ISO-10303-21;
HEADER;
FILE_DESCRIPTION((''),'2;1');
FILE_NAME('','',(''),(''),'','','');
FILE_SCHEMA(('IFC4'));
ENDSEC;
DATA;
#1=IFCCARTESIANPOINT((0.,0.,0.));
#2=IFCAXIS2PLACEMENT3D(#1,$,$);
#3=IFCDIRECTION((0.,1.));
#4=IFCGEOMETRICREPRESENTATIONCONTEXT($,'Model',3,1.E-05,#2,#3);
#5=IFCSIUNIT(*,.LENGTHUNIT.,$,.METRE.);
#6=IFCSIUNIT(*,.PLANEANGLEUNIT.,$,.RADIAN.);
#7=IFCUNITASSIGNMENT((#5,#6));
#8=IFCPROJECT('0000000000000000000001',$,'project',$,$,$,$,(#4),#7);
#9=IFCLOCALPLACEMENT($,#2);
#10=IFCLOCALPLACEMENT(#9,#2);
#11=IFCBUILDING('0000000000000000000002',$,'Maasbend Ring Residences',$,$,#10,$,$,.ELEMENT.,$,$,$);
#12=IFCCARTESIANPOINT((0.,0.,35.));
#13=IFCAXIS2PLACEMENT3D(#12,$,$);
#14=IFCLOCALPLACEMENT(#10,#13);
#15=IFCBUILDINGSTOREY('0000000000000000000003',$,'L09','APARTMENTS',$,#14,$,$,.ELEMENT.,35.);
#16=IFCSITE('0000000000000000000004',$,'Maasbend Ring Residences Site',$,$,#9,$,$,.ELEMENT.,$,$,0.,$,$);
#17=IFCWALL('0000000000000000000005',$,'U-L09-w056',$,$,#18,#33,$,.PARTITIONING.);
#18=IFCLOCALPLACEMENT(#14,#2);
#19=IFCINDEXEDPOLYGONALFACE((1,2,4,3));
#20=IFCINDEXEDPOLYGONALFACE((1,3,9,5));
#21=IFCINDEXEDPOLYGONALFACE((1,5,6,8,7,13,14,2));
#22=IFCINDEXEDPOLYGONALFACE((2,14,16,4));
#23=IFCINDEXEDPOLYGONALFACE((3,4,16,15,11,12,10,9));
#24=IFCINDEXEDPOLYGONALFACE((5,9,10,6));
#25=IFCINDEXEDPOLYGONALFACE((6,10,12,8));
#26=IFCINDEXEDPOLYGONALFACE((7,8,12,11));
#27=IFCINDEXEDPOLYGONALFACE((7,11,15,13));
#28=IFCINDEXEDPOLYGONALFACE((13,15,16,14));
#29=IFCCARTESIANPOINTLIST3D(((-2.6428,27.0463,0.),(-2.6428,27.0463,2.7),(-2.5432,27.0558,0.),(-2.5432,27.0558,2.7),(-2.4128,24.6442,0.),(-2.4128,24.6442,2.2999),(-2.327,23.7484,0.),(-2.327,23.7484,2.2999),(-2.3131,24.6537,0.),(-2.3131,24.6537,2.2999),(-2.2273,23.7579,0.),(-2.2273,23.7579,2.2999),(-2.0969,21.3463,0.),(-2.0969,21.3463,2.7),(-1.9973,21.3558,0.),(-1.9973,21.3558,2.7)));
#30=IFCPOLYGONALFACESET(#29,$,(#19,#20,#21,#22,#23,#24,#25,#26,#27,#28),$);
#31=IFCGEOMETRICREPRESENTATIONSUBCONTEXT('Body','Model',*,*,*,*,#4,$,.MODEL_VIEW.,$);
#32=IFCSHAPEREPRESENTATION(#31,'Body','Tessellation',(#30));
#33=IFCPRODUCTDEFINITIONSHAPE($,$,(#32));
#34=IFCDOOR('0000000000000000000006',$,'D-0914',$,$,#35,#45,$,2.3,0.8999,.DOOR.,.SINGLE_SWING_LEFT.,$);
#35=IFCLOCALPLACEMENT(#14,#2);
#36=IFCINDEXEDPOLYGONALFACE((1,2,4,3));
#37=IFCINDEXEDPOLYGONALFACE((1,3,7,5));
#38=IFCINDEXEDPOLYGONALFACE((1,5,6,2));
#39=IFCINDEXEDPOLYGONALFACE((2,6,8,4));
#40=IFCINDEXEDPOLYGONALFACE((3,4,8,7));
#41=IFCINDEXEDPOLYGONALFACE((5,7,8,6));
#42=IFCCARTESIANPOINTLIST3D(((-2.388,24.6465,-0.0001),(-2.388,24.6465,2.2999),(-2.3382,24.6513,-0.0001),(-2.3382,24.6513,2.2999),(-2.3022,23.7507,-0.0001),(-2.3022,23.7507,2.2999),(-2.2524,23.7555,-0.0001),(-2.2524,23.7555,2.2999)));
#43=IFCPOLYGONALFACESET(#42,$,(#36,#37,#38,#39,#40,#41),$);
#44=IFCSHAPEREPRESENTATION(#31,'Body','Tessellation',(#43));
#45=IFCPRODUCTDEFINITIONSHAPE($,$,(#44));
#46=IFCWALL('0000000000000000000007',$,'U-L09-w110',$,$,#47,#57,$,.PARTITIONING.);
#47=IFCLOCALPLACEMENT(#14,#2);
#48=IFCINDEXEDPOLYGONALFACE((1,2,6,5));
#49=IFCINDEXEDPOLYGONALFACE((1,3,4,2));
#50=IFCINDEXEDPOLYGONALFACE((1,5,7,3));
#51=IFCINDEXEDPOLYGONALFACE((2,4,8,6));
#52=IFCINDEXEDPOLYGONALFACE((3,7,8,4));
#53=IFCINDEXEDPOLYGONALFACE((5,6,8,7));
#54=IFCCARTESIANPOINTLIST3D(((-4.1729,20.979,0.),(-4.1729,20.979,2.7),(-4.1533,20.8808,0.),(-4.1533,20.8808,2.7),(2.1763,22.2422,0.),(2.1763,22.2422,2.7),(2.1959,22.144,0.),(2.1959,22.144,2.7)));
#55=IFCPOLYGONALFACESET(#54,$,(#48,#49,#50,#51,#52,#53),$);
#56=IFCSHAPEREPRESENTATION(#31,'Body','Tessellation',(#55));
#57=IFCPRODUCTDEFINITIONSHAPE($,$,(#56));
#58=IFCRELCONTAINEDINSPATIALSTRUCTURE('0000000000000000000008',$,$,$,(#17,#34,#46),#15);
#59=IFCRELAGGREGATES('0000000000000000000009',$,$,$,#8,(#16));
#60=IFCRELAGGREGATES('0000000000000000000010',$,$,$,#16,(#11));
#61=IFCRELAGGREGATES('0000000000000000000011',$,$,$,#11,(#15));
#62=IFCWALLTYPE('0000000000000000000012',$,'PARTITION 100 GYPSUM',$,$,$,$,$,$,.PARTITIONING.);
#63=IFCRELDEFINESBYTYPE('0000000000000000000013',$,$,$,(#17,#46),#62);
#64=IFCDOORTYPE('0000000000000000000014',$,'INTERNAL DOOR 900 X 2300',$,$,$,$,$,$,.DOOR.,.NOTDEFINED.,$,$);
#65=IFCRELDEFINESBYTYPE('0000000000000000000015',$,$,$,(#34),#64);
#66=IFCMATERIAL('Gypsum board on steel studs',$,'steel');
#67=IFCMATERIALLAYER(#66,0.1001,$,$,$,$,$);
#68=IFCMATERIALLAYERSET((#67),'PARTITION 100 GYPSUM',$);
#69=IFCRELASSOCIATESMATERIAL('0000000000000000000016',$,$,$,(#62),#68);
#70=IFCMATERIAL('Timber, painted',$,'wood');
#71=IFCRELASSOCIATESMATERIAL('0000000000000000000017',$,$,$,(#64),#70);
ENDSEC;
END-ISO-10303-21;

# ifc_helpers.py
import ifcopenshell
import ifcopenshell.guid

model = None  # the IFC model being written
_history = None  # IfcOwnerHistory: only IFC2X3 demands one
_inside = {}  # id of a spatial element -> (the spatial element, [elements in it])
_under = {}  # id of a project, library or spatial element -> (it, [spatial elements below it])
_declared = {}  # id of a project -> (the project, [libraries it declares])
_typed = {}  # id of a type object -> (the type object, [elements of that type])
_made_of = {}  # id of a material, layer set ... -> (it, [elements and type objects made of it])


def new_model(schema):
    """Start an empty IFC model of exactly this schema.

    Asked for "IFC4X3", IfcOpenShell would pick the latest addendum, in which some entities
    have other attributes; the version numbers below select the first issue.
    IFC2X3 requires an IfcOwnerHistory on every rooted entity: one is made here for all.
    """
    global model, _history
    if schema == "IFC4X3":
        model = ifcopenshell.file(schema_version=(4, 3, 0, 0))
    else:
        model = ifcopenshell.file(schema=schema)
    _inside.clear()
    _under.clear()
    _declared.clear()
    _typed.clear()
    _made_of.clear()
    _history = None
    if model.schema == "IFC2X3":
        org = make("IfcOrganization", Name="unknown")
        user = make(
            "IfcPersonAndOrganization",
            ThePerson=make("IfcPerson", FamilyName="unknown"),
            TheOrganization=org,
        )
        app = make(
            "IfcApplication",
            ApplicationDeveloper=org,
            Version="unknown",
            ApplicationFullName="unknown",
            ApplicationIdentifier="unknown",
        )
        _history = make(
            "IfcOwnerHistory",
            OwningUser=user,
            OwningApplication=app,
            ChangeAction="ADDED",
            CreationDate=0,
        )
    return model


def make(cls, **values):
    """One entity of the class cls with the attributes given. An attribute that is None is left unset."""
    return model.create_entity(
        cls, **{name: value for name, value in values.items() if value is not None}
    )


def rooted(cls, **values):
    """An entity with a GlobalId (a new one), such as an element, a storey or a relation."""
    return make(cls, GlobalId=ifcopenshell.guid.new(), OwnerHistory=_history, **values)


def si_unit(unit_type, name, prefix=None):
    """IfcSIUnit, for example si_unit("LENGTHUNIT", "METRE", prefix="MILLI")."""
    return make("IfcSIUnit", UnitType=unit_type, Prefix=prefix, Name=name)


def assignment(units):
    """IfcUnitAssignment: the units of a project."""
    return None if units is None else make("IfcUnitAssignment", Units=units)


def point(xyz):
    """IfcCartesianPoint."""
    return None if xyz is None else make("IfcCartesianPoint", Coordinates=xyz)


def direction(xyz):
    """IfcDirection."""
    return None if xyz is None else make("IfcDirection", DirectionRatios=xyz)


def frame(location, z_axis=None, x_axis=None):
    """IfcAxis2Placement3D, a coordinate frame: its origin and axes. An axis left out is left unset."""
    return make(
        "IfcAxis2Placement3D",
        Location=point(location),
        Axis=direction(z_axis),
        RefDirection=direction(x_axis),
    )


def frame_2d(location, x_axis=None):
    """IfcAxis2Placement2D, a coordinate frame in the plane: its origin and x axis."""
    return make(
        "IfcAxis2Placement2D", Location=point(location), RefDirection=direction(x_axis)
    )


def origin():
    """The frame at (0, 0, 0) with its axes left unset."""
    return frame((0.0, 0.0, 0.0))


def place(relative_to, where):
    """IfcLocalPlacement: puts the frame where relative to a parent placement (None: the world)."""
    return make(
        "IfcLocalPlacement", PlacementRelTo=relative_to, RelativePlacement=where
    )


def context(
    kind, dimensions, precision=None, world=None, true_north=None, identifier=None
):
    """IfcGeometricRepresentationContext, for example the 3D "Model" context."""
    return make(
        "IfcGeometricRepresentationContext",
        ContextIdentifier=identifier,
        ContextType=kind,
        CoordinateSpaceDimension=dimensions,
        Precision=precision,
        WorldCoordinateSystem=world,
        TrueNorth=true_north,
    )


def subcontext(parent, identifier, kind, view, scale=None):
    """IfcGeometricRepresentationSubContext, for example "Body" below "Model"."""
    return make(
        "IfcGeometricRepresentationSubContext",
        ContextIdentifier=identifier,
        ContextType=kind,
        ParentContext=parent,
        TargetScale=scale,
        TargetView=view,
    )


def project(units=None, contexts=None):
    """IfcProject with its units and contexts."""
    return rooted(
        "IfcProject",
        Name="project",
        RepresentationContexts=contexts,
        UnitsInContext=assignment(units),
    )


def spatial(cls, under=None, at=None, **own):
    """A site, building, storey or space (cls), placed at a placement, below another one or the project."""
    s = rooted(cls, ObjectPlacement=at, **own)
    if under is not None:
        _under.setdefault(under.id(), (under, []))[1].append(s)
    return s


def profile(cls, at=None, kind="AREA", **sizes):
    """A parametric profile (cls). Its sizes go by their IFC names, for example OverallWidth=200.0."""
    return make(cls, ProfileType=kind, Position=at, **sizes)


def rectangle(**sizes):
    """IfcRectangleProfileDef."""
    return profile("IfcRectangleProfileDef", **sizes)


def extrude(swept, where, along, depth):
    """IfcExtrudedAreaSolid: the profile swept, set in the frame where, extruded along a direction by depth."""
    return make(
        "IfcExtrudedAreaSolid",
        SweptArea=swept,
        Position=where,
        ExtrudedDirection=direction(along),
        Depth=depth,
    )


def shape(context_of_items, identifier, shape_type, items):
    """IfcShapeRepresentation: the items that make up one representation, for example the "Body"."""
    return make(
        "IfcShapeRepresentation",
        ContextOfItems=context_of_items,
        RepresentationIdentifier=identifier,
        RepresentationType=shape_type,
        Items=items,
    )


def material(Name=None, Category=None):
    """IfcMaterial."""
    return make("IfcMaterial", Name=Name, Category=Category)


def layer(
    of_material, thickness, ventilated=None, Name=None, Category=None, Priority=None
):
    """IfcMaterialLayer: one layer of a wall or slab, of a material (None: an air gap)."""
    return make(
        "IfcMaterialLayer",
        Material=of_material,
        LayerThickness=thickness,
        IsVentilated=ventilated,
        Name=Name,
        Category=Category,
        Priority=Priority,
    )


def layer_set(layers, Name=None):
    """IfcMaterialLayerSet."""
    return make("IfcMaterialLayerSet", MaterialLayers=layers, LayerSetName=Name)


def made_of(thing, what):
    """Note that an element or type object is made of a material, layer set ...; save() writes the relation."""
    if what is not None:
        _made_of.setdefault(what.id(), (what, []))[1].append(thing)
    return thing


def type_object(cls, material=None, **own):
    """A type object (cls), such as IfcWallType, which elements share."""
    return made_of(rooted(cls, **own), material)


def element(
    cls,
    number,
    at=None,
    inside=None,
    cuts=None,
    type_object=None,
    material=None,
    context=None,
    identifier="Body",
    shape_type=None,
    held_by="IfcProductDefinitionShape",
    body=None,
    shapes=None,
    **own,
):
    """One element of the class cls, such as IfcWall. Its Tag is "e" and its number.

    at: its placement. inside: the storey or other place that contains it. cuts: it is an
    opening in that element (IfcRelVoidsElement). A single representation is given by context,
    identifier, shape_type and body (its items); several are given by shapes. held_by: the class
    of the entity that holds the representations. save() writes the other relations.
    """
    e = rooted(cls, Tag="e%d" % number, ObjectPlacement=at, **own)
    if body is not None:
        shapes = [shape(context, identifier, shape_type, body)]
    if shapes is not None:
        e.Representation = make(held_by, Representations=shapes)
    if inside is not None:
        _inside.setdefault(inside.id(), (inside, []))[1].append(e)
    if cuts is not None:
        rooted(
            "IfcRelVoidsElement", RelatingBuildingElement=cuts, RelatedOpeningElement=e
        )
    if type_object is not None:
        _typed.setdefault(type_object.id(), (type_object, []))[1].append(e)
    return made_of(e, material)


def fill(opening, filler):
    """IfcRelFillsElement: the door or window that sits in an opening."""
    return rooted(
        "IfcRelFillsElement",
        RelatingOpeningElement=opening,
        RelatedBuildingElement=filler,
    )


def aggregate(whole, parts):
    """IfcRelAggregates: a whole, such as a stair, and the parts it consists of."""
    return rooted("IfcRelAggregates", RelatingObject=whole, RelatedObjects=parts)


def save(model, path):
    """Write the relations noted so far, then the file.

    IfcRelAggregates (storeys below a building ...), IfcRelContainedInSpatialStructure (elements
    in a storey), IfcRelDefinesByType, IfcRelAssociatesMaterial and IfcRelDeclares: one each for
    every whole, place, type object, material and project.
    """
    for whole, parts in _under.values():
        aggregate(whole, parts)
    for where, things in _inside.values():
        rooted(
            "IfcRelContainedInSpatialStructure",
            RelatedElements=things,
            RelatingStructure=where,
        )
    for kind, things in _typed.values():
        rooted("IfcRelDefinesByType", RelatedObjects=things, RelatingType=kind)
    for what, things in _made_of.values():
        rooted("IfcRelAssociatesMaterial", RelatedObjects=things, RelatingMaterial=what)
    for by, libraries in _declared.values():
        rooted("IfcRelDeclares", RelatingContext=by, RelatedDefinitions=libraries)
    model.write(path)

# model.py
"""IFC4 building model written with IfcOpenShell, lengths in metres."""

from ifc_helpers import new_model, si_unit, direction, frame, frame_2d, origin, place, context, subcontext, project, spatial, rectangle, extrude, material, layer, layer_set, type_object, element, fill, save


model = new_model("IFC4")

# Units and contexts
model_context = context("Model", 3, precision=1e-05, world=origin(), true_north=direction((0.0, 1.0)))
body_context = subcontext(model_context, "Body", "Model", "MODEL_VIEW")
ifc_project = project(units=[si_unit("LENGTHUNIT", "METRE"), si_unit("PLANEANGLEUNIT", "RADIAN")], contexts=[model_context])

# Site, building, storey
site_placement = place(None, origin())
site = spatial("IfcSite", under=ifc_project, at=site_placement, Name="Maasbend Ring Residences Site", CompositionType="ELEMENT", RefElevation=0.0)
building_placement = place(site_placement, origin())
building = spatial("IfcBuilding", under=site, at=building_placement, Name="Maasbend Ring Residences", CompositionType="ELEMENT")
storey_placement = place(building_placement, frame((0.0, 0.0, 35.0)))
storey = spatial("IfcBuildingStorey", under=building, at=storey_placement, Name="L09", Description="APARTMENTS", CompositionType="ELEMENT", Elevation=35.0)

# Shared definitions
ifc_material_1 = material(Name="Gypsum board on steel studs", Category="steel")
ifc_layer_1 = layer(ifc_material_1, 0.1001)
ifc_layer_set_1 = layer_set([ifc_layer_1], Name="PARTITION 100 GYPSUM")
wall_type_1 = type_object("IfcWallType", Name="PARTITION 100 GYPSUM", PredefinedType="PARTITIONING", material=ifc_layer_set_1)
ifc_material_2 = material(Name="Timber, painted", Category="wood")
door_type_1 = type_object("IfcDoorType", Name="INTERNAL DOOR 900 X 2300", OperationType="NOTDEFINED", PredefinedType="DOOR", material=ifc_material_2)

# Wall, opening, door
wall_1_placement = place(storey_placement, frame((-2.593, 27.051, 0.0), z_axis=(0.0, 0.0, 1.0), x_axis=(0.095336, -0.995445, 0.0)))
wall_1 = element("IfcWall", 1, at=wall_1_placement, inside=storey, type_object=wall_type_1, Name="U-L09-w056", PredefinedType="PARTITIONING", context=body_context, shape_type="SweptSolid", body=[
    extrude(rectangle(XDim=5.7261, YDim=0.1001, at=frame_2d((2.863, 0.0))), origin(), (0.0, 0.0, 1.0), 2.7),
])
opening_1_placement = place(wall_1_placement, frame((2.4131, 0.0, 0.0)))
opening_1 = element("IfcOpeningElement", 2, at=opening_1_placement, cuts=wall_1, PredefinedType="OPENING", context=body_context, shape_type="SweptSolid", body=[
    extrude(rectangle(XDim=0.8999, YDim=2.3, at=frame_2d((0.45, 1.1499))), frame((0.0, 0.0601, 0.0), z_axis=(0.0, -1.0, 0.0), x_axis=(1.0, 0.0, 0.0)), (0.0, 0.0, 1.0), 0.1201),
])
door_1_placement = place(opening_1_placement, origin())
door_1 = element("IfcDoor", 3, at=door_1_placement, inside=storey, type_object=door_type_1, Name="D-0914", OperationType="SINGLE_SWING_LEFT", OverallHeight=2.3, OverallWidth=0.8999, PredefinedType="DOOR", context=body_context, shape_type="SweptSolid", body=[
    extrude(rectangle(XDim=0.8999, YDim=2.3, at=frame_2d((0.45, 1.1499))), frame((0.0, 0.0249, 0.0), z_axis=(0.0, -1.0, 0.0), x_axis=(1.0, 0.0, 0.0)), (0.0, 0.0, 1.0), 0.05),
])
fill(opening_1, door_1)

# Wall
wall_2_placement = place(storey_placement, frame((-4.1631, 20.9299, 0.0), z_axis=(0.0, 0.0, 1.0), x_axis=(0.980777, 0.19513, 0.0)))
element("IfcWall", 4, at=wall_2_placement, inside=storey, type_object=wall_type_1, Name="U-L09-w110", PredefinedType="PARTITIONING", context=body_context, shape_type="SweptSolid", body=[
    extrude(rectangle(XDim=6.4736, YDim=0.1001, at=frame_2d((3.2368, 0.0))), origin(), (0.0, 0.0, 1.0), 2.7),
])

save(model, "model.ifc")
